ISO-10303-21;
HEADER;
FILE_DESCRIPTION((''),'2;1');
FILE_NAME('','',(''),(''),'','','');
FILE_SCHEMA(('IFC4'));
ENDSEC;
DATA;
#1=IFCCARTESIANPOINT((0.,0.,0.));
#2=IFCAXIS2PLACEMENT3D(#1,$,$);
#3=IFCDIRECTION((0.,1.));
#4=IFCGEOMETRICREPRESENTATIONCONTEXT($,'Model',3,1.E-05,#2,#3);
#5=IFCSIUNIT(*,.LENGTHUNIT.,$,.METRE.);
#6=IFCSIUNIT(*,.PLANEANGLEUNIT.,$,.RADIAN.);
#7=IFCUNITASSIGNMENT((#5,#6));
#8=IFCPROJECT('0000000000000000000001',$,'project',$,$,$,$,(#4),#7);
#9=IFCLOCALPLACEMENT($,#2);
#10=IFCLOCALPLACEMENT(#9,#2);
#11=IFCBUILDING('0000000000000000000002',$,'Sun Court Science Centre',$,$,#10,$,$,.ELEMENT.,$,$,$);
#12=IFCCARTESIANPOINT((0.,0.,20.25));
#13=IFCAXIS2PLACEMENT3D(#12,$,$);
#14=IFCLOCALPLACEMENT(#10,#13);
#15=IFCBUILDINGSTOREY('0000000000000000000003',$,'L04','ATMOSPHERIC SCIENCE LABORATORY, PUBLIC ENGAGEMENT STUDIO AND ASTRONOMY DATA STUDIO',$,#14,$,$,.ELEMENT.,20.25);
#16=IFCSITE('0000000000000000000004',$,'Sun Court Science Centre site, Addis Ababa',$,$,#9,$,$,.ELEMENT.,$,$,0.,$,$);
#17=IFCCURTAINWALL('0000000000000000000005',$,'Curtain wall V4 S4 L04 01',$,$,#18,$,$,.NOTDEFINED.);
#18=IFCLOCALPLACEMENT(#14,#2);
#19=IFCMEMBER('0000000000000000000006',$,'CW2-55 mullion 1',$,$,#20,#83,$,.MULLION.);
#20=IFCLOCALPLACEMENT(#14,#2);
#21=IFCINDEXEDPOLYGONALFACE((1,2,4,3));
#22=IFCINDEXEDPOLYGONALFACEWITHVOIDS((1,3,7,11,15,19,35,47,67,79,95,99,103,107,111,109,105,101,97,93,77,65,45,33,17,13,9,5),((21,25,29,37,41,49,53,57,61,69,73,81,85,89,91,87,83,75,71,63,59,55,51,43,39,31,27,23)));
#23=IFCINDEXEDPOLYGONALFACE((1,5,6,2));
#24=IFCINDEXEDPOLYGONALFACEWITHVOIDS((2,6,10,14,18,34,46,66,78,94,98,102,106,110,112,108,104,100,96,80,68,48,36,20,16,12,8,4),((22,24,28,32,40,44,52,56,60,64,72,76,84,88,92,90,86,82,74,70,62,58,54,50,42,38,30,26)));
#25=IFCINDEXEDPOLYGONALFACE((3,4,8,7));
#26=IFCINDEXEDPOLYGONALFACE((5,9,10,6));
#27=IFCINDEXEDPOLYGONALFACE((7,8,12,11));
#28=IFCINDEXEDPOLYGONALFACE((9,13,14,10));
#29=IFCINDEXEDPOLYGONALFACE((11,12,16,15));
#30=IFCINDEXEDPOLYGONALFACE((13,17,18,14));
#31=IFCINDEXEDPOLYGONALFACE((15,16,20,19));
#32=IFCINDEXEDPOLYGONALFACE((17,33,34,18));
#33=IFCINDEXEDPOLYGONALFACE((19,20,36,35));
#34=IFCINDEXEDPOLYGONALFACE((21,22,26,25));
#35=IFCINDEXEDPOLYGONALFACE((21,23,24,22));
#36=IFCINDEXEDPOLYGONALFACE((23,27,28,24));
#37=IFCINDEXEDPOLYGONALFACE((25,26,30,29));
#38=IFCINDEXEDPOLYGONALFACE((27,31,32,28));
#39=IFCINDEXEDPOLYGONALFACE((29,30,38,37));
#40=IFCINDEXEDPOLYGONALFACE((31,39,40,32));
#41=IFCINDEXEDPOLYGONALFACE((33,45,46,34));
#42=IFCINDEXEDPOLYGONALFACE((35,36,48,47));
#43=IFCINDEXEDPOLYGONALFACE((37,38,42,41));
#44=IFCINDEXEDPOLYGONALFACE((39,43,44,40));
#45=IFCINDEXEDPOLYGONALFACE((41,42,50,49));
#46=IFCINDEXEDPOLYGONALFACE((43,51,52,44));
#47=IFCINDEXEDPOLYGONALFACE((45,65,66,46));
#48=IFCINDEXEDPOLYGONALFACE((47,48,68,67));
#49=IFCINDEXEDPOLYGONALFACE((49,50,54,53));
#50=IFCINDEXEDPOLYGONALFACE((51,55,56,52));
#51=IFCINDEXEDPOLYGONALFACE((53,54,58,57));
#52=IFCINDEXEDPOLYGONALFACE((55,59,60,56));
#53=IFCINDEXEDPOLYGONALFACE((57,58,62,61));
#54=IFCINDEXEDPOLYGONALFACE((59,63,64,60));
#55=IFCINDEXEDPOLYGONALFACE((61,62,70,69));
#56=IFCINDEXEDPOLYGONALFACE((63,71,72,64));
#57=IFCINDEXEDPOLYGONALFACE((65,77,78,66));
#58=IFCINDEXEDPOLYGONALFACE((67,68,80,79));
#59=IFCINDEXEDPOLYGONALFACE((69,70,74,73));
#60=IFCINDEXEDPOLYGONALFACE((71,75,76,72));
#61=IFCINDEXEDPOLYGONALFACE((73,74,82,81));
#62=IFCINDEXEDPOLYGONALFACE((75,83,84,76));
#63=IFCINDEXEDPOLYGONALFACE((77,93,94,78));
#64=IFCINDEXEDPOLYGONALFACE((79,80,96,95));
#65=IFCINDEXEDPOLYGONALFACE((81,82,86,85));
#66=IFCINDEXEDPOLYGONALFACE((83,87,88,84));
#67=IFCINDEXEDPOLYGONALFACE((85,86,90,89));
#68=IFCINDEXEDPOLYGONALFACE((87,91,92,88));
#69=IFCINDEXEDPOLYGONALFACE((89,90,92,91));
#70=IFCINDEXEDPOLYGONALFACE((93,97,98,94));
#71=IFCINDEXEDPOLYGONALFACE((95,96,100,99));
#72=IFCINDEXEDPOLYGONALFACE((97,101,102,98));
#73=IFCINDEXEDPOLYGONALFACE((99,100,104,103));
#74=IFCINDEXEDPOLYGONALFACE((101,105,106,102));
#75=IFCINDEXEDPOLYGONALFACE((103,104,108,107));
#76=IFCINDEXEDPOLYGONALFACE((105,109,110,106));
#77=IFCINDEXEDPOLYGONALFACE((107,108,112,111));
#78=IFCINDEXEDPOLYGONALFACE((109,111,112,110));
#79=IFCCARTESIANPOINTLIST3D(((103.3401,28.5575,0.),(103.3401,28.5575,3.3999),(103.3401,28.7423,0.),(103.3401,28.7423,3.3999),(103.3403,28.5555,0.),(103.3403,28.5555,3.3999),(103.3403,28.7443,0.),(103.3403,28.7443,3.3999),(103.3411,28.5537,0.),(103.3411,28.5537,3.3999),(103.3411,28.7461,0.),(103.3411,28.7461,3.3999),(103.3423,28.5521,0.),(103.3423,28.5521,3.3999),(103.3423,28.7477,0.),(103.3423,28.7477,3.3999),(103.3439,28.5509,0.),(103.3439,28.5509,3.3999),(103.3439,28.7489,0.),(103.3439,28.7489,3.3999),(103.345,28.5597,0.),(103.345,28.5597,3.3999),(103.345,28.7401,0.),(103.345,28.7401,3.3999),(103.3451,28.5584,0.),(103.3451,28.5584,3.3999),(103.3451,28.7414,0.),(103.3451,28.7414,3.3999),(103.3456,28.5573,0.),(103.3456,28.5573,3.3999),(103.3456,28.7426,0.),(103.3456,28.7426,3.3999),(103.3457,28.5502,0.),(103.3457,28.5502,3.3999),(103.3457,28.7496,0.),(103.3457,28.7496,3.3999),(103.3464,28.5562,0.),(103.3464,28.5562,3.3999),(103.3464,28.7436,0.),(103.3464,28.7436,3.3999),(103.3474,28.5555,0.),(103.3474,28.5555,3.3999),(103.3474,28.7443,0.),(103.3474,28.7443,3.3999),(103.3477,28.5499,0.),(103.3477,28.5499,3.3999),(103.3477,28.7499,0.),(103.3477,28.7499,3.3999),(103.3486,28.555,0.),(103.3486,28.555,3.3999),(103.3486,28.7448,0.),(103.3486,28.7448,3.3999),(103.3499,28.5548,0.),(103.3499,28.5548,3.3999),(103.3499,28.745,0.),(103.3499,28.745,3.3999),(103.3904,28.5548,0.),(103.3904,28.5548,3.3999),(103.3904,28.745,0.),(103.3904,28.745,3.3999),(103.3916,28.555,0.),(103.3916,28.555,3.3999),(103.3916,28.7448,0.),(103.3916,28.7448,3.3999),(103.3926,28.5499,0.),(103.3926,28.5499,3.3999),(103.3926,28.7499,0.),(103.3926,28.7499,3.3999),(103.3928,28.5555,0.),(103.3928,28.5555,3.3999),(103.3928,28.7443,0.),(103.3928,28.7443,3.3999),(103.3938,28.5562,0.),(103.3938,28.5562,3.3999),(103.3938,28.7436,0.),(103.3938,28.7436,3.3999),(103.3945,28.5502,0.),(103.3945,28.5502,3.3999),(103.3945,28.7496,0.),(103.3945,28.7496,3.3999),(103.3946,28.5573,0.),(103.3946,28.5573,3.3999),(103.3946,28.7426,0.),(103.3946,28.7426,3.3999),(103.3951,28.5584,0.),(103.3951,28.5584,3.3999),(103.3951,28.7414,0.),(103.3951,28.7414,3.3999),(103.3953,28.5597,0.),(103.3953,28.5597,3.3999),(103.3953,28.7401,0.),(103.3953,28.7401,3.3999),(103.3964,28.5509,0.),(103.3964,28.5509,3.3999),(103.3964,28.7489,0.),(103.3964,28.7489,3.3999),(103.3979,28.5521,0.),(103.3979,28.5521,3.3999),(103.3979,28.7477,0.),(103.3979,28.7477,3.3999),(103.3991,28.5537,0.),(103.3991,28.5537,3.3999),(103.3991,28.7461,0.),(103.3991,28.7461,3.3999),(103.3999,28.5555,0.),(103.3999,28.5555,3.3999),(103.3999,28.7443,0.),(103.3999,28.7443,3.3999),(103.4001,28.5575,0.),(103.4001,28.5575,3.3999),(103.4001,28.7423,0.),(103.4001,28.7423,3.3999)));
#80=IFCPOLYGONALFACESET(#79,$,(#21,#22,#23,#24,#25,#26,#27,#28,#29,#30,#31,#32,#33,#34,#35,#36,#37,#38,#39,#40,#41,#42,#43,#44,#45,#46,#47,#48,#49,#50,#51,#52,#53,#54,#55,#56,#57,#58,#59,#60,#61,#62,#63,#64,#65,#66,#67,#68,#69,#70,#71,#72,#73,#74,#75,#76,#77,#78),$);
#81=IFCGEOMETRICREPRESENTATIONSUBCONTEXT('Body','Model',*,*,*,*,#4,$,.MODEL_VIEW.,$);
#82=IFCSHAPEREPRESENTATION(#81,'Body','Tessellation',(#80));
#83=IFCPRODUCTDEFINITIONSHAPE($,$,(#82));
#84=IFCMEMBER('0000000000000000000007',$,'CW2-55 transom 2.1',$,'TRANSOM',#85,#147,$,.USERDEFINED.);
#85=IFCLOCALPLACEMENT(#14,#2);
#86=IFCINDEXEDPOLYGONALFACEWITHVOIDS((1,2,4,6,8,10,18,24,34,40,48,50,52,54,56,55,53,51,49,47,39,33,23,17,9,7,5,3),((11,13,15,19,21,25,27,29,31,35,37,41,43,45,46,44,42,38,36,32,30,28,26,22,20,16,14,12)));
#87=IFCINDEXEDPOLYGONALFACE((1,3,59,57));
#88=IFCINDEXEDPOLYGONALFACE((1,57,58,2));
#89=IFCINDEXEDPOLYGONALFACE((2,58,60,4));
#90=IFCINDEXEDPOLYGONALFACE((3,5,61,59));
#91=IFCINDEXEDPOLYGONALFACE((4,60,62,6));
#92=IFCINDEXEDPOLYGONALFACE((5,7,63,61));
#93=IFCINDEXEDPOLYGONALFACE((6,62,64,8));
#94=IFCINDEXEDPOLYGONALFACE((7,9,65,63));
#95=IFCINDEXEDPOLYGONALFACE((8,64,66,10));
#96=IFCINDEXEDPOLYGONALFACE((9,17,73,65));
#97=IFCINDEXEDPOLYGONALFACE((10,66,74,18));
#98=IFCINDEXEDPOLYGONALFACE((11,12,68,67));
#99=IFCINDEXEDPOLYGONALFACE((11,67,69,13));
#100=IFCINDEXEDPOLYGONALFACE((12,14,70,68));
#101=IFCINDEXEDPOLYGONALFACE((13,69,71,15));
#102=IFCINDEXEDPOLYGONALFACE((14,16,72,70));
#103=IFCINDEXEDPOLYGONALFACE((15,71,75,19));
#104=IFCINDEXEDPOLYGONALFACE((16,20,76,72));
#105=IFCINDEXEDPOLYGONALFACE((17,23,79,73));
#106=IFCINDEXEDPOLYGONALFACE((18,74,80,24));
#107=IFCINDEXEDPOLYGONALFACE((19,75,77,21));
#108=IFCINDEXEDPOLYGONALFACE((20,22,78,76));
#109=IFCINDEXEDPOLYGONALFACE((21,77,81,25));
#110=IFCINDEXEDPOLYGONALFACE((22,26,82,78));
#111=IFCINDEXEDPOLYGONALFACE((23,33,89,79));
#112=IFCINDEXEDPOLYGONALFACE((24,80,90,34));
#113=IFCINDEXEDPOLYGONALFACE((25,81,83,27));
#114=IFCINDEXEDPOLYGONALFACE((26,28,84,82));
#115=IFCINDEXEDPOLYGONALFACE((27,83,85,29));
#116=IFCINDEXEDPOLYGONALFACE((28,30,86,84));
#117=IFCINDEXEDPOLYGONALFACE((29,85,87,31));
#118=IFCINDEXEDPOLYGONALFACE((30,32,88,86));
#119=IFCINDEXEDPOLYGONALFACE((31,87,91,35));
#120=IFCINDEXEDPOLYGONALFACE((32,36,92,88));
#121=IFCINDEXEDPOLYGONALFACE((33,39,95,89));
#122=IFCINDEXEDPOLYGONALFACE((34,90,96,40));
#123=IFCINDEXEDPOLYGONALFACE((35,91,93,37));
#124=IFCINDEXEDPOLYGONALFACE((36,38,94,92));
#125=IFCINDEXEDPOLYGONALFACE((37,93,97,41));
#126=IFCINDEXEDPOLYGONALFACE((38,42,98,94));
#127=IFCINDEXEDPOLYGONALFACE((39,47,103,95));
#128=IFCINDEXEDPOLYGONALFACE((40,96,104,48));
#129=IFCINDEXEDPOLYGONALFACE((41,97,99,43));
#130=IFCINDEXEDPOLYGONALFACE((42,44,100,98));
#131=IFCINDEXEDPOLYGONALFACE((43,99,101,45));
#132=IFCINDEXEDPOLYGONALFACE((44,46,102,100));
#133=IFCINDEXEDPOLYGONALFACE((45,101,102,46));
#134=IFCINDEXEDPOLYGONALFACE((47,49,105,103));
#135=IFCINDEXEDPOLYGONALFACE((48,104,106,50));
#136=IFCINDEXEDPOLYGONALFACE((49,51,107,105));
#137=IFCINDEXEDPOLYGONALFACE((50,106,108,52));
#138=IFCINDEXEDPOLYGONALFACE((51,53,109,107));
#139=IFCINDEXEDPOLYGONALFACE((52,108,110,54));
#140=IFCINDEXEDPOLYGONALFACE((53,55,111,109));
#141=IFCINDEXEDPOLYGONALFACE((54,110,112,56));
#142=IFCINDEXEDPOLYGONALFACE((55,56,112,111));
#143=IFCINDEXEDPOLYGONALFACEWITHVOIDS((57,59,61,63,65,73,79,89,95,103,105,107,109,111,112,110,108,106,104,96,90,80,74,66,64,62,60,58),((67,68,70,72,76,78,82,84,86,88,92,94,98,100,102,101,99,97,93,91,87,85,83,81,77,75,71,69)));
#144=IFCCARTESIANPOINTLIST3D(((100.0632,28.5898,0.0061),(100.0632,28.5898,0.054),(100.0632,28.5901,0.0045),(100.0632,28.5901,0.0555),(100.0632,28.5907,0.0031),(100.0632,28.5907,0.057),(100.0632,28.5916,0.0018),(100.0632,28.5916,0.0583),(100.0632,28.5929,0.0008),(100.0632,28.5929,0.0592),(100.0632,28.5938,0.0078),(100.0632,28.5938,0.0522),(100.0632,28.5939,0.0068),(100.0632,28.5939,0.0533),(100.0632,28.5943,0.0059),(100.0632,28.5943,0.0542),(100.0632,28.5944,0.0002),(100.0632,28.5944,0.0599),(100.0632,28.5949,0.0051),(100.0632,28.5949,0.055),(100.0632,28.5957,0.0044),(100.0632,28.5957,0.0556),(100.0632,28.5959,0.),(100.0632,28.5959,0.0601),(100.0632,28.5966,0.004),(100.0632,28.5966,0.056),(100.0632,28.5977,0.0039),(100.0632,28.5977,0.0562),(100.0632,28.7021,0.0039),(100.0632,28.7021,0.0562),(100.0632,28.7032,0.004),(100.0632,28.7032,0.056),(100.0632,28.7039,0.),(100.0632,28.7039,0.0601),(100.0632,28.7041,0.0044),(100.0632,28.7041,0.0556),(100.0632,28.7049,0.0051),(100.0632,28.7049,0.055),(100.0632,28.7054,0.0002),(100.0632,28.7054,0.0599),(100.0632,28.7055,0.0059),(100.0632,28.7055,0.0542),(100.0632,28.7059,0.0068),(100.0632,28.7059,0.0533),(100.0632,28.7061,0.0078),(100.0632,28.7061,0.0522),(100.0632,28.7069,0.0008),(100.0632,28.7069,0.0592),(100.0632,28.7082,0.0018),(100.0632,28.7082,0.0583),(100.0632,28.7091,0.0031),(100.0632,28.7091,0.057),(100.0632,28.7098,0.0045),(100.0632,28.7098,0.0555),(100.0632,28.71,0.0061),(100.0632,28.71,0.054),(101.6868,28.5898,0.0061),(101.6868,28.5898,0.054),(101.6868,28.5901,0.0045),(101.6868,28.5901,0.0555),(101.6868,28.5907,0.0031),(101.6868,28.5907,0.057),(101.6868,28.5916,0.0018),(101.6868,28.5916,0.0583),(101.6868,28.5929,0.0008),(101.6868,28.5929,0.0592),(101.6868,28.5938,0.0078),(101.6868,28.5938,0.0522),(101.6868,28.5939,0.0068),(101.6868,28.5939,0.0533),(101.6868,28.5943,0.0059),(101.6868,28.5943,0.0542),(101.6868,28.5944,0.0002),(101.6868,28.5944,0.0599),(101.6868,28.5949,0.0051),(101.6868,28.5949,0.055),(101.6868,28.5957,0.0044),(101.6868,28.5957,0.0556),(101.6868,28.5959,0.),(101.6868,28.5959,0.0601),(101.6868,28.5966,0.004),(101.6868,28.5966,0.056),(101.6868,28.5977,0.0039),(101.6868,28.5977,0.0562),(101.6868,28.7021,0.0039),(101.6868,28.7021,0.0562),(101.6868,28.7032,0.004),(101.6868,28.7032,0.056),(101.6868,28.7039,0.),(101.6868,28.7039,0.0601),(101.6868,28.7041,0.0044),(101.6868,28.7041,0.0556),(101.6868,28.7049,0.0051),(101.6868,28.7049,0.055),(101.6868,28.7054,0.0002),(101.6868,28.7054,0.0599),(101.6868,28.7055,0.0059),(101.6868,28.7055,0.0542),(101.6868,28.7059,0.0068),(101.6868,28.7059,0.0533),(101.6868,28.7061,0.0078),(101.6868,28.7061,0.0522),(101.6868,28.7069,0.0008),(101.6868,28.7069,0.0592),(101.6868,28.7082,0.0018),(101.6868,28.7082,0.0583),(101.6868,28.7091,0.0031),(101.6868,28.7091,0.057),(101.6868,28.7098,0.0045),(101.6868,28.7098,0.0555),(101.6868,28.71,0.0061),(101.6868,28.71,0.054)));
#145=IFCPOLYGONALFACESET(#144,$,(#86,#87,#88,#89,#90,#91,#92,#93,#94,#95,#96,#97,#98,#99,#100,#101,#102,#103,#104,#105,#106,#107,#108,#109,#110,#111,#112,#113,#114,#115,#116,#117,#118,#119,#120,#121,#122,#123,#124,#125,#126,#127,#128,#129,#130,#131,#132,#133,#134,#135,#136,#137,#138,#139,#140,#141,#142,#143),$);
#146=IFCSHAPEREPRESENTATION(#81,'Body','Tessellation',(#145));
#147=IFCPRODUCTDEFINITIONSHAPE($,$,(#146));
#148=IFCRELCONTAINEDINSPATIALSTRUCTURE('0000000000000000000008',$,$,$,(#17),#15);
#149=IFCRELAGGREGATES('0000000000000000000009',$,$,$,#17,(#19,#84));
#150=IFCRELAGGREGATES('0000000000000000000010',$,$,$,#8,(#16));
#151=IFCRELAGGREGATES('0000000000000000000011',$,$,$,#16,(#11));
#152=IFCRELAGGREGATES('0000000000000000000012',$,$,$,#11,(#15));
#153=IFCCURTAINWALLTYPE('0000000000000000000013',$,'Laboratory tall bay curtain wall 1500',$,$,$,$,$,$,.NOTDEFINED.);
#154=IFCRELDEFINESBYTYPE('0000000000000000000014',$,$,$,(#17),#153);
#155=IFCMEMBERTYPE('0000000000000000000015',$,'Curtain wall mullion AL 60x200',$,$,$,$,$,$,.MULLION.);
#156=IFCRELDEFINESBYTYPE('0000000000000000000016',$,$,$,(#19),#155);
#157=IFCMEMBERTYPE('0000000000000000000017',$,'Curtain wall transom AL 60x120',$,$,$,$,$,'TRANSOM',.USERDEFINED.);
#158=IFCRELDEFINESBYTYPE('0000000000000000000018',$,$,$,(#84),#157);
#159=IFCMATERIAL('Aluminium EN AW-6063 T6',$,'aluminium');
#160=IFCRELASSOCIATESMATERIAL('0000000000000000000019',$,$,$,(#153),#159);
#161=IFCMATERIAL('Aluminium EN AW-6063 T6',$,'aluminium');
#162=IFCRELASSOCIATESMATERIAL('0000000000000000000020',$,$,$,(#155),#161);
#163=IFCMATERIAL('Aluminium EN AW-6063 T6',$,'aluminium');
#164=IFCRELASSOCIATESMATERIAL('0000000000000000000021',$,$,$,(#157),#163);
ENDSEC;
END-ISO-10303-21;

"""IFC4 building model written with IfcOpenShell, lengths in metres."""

from ifc_helpers import new_model, si_unit, direction, frame, origin, origin_2d, place, context, subcontext, project, spatial, hollow_rectangle, extrude, material, material_profile, profile_set, type_object, element, aggregate, save


model = new_model("IFC4")

# Units and contexts
model_context = context("Model", 3, precision=1e-05, world=origin(), true_north=direction((0.0, 1.0)))
body_context = subcontext(model_context, "Body", "Model", "MODEL_VIEW")
ifc_project = project(units=[si_unit("LENGTHUNIT", "METRE"), si_unit("PLANEANGLEUNIT", "RADIAN")], contexts=[model_context])

# Site, building, storey
site_placement = place(None, origin())
site = spatial("IfcSite", under=ifc_project, at=site_placement, Name="Sun Court Science Centre site, Addis Ababa", CompositionType="ELEMENT", RefElevation=0.0)
building_placement = place(site_placement, origin())
building = spatial("IfcBuilding", under=site, at=building_placement, Name="Sun Court Science Centre", CompositionType="ELEMENT")
storey_placement = place(building_placement, frame((0.0, 0.0, 20.25)))
storey = spatial("IfcBuildingStorey", under=building, at=storey_placement, Name="L04", Description="ATMOSPHERIC SCIENCE LABORATORY, PUBLIC ENGAGEMENT STUDIO AND ASTRONOMY DATA STUDIO", CompositionType="ELEMENT", Elevation=20.25)

# Curtain wall, members
ifc_material_1 = material(Name="Aluminium EN AW-6063 T6", Category="aluminium")
curtain_wall_type = type_object("IfcCurtainWallType", Name="Laboratory tall bay curtain wall 1500", PredefinedType="NOTDEFINED", material=ifc_material_1)
curtain_wall_placement = place(storey_placement, origin())
curtain_wall = element("IfcCurtainWall", 1, at=curtain_wall_placement, inside=storey, type_object=curtain_wall_type, Name="Curtain wall V4 S4 L04 01", PredefinedType="NOTDEFINED")
ifc_material_2 = material(Name="Aluminium EN AW-6063 T6", Category="aluminium")
ifc_material_profile_1 = material_profile(ifc_material_2, hollow_rectangle(XDim=0.0601, YDim=0.2, WallThickness=0.0049, InnerFilletRadius=0.0049, OuterFilletRadius=0.0076, at=origin_2d()), Name="AL 60x200x5")
ifc_profile_set_1 = profile_set([ifc_material_profile_1], Name="Aluminium EN AW-6063 T6")
member_type_1 = type_object("IfcMemberType", Name="Curtain wall mullion AL 60x200", PredefinedType="MULLION", material=ifc_profile_set_1)
member_1_placement = place(storey_placement, frame((103.3701, 28.6499, 0.0), z_axis=(0.0, 0.0, 1.0), x_axis=(-1.0, 0.0, 0.0)))
member_1 = element("IfcMember", 2, at=member_1_placement, type_object=member_type_1, Name="CW2-55 mullion 1", PredefinedType="MULLION", context=body_context, shape_type="SweptSolid", body=[
    extrude(hollow_rectangle(XDim=0.0601, YDim=0.2, WallThickness=0.0049, InnerFilletRadius=0.0049, OuterFilletRadius=0.0076, at=origin_2d()), origin(), (0.0, 0.0, 1.0), 3.3999),
])
ifc_material_3 = material(Name="Aluminium EN AW-6063 T6", Category="aluminium")
ifc_material_profile_2 = material_profile(ifc_material_3, hollow_rectangle(XDim=0.0601, YDim=0.1201, WallThickness=0.0039, InnerFilletRadius=0.0039, OuterFilletRadius=0.0061, at=origin_2d()), Name="AL 60x120x4")
ifc_profile_set_2 = profile_set([ifc_material_profile_2], Name="Aluminium EN AW-6063 T6")
member_type_2 = type_object("IfcMemberType", Name="Curtain wall transom AL 60x120", ElementType="TRANSOM", PredefinedType="USERDEFINED", material=ifc_profile_set_2)
member_2_placement = place(storey_placement, frame((101.6868, 28.6499, 0.03), z_axis=(-1.0, 0.0, 0.0), x_axis=(0.0, 0.0, 1.0)))
member_2 = element("IfcMember", 3, at=member_2_placement, type_object=member_type_2, Name="CW2-55 transom 2.1", ObjectType="TRANSOM", PredefinedType="USERDEFINED", context=body_context, shape_type="SweptSolid", body=[
    extrude(hollow_rectangle(XDim=0.0601, YDim=0.1201, WallThickness=0.0039, InnerFilletRadius=0.0039, OuterFilletRadius=0.0061, at=origin_2d()), origin(), (0.0, 0.0, 1.0), 1.6235),
])

aggregate(curtain_wall, [member_1, member_2])

save(model, "model.ifc")
